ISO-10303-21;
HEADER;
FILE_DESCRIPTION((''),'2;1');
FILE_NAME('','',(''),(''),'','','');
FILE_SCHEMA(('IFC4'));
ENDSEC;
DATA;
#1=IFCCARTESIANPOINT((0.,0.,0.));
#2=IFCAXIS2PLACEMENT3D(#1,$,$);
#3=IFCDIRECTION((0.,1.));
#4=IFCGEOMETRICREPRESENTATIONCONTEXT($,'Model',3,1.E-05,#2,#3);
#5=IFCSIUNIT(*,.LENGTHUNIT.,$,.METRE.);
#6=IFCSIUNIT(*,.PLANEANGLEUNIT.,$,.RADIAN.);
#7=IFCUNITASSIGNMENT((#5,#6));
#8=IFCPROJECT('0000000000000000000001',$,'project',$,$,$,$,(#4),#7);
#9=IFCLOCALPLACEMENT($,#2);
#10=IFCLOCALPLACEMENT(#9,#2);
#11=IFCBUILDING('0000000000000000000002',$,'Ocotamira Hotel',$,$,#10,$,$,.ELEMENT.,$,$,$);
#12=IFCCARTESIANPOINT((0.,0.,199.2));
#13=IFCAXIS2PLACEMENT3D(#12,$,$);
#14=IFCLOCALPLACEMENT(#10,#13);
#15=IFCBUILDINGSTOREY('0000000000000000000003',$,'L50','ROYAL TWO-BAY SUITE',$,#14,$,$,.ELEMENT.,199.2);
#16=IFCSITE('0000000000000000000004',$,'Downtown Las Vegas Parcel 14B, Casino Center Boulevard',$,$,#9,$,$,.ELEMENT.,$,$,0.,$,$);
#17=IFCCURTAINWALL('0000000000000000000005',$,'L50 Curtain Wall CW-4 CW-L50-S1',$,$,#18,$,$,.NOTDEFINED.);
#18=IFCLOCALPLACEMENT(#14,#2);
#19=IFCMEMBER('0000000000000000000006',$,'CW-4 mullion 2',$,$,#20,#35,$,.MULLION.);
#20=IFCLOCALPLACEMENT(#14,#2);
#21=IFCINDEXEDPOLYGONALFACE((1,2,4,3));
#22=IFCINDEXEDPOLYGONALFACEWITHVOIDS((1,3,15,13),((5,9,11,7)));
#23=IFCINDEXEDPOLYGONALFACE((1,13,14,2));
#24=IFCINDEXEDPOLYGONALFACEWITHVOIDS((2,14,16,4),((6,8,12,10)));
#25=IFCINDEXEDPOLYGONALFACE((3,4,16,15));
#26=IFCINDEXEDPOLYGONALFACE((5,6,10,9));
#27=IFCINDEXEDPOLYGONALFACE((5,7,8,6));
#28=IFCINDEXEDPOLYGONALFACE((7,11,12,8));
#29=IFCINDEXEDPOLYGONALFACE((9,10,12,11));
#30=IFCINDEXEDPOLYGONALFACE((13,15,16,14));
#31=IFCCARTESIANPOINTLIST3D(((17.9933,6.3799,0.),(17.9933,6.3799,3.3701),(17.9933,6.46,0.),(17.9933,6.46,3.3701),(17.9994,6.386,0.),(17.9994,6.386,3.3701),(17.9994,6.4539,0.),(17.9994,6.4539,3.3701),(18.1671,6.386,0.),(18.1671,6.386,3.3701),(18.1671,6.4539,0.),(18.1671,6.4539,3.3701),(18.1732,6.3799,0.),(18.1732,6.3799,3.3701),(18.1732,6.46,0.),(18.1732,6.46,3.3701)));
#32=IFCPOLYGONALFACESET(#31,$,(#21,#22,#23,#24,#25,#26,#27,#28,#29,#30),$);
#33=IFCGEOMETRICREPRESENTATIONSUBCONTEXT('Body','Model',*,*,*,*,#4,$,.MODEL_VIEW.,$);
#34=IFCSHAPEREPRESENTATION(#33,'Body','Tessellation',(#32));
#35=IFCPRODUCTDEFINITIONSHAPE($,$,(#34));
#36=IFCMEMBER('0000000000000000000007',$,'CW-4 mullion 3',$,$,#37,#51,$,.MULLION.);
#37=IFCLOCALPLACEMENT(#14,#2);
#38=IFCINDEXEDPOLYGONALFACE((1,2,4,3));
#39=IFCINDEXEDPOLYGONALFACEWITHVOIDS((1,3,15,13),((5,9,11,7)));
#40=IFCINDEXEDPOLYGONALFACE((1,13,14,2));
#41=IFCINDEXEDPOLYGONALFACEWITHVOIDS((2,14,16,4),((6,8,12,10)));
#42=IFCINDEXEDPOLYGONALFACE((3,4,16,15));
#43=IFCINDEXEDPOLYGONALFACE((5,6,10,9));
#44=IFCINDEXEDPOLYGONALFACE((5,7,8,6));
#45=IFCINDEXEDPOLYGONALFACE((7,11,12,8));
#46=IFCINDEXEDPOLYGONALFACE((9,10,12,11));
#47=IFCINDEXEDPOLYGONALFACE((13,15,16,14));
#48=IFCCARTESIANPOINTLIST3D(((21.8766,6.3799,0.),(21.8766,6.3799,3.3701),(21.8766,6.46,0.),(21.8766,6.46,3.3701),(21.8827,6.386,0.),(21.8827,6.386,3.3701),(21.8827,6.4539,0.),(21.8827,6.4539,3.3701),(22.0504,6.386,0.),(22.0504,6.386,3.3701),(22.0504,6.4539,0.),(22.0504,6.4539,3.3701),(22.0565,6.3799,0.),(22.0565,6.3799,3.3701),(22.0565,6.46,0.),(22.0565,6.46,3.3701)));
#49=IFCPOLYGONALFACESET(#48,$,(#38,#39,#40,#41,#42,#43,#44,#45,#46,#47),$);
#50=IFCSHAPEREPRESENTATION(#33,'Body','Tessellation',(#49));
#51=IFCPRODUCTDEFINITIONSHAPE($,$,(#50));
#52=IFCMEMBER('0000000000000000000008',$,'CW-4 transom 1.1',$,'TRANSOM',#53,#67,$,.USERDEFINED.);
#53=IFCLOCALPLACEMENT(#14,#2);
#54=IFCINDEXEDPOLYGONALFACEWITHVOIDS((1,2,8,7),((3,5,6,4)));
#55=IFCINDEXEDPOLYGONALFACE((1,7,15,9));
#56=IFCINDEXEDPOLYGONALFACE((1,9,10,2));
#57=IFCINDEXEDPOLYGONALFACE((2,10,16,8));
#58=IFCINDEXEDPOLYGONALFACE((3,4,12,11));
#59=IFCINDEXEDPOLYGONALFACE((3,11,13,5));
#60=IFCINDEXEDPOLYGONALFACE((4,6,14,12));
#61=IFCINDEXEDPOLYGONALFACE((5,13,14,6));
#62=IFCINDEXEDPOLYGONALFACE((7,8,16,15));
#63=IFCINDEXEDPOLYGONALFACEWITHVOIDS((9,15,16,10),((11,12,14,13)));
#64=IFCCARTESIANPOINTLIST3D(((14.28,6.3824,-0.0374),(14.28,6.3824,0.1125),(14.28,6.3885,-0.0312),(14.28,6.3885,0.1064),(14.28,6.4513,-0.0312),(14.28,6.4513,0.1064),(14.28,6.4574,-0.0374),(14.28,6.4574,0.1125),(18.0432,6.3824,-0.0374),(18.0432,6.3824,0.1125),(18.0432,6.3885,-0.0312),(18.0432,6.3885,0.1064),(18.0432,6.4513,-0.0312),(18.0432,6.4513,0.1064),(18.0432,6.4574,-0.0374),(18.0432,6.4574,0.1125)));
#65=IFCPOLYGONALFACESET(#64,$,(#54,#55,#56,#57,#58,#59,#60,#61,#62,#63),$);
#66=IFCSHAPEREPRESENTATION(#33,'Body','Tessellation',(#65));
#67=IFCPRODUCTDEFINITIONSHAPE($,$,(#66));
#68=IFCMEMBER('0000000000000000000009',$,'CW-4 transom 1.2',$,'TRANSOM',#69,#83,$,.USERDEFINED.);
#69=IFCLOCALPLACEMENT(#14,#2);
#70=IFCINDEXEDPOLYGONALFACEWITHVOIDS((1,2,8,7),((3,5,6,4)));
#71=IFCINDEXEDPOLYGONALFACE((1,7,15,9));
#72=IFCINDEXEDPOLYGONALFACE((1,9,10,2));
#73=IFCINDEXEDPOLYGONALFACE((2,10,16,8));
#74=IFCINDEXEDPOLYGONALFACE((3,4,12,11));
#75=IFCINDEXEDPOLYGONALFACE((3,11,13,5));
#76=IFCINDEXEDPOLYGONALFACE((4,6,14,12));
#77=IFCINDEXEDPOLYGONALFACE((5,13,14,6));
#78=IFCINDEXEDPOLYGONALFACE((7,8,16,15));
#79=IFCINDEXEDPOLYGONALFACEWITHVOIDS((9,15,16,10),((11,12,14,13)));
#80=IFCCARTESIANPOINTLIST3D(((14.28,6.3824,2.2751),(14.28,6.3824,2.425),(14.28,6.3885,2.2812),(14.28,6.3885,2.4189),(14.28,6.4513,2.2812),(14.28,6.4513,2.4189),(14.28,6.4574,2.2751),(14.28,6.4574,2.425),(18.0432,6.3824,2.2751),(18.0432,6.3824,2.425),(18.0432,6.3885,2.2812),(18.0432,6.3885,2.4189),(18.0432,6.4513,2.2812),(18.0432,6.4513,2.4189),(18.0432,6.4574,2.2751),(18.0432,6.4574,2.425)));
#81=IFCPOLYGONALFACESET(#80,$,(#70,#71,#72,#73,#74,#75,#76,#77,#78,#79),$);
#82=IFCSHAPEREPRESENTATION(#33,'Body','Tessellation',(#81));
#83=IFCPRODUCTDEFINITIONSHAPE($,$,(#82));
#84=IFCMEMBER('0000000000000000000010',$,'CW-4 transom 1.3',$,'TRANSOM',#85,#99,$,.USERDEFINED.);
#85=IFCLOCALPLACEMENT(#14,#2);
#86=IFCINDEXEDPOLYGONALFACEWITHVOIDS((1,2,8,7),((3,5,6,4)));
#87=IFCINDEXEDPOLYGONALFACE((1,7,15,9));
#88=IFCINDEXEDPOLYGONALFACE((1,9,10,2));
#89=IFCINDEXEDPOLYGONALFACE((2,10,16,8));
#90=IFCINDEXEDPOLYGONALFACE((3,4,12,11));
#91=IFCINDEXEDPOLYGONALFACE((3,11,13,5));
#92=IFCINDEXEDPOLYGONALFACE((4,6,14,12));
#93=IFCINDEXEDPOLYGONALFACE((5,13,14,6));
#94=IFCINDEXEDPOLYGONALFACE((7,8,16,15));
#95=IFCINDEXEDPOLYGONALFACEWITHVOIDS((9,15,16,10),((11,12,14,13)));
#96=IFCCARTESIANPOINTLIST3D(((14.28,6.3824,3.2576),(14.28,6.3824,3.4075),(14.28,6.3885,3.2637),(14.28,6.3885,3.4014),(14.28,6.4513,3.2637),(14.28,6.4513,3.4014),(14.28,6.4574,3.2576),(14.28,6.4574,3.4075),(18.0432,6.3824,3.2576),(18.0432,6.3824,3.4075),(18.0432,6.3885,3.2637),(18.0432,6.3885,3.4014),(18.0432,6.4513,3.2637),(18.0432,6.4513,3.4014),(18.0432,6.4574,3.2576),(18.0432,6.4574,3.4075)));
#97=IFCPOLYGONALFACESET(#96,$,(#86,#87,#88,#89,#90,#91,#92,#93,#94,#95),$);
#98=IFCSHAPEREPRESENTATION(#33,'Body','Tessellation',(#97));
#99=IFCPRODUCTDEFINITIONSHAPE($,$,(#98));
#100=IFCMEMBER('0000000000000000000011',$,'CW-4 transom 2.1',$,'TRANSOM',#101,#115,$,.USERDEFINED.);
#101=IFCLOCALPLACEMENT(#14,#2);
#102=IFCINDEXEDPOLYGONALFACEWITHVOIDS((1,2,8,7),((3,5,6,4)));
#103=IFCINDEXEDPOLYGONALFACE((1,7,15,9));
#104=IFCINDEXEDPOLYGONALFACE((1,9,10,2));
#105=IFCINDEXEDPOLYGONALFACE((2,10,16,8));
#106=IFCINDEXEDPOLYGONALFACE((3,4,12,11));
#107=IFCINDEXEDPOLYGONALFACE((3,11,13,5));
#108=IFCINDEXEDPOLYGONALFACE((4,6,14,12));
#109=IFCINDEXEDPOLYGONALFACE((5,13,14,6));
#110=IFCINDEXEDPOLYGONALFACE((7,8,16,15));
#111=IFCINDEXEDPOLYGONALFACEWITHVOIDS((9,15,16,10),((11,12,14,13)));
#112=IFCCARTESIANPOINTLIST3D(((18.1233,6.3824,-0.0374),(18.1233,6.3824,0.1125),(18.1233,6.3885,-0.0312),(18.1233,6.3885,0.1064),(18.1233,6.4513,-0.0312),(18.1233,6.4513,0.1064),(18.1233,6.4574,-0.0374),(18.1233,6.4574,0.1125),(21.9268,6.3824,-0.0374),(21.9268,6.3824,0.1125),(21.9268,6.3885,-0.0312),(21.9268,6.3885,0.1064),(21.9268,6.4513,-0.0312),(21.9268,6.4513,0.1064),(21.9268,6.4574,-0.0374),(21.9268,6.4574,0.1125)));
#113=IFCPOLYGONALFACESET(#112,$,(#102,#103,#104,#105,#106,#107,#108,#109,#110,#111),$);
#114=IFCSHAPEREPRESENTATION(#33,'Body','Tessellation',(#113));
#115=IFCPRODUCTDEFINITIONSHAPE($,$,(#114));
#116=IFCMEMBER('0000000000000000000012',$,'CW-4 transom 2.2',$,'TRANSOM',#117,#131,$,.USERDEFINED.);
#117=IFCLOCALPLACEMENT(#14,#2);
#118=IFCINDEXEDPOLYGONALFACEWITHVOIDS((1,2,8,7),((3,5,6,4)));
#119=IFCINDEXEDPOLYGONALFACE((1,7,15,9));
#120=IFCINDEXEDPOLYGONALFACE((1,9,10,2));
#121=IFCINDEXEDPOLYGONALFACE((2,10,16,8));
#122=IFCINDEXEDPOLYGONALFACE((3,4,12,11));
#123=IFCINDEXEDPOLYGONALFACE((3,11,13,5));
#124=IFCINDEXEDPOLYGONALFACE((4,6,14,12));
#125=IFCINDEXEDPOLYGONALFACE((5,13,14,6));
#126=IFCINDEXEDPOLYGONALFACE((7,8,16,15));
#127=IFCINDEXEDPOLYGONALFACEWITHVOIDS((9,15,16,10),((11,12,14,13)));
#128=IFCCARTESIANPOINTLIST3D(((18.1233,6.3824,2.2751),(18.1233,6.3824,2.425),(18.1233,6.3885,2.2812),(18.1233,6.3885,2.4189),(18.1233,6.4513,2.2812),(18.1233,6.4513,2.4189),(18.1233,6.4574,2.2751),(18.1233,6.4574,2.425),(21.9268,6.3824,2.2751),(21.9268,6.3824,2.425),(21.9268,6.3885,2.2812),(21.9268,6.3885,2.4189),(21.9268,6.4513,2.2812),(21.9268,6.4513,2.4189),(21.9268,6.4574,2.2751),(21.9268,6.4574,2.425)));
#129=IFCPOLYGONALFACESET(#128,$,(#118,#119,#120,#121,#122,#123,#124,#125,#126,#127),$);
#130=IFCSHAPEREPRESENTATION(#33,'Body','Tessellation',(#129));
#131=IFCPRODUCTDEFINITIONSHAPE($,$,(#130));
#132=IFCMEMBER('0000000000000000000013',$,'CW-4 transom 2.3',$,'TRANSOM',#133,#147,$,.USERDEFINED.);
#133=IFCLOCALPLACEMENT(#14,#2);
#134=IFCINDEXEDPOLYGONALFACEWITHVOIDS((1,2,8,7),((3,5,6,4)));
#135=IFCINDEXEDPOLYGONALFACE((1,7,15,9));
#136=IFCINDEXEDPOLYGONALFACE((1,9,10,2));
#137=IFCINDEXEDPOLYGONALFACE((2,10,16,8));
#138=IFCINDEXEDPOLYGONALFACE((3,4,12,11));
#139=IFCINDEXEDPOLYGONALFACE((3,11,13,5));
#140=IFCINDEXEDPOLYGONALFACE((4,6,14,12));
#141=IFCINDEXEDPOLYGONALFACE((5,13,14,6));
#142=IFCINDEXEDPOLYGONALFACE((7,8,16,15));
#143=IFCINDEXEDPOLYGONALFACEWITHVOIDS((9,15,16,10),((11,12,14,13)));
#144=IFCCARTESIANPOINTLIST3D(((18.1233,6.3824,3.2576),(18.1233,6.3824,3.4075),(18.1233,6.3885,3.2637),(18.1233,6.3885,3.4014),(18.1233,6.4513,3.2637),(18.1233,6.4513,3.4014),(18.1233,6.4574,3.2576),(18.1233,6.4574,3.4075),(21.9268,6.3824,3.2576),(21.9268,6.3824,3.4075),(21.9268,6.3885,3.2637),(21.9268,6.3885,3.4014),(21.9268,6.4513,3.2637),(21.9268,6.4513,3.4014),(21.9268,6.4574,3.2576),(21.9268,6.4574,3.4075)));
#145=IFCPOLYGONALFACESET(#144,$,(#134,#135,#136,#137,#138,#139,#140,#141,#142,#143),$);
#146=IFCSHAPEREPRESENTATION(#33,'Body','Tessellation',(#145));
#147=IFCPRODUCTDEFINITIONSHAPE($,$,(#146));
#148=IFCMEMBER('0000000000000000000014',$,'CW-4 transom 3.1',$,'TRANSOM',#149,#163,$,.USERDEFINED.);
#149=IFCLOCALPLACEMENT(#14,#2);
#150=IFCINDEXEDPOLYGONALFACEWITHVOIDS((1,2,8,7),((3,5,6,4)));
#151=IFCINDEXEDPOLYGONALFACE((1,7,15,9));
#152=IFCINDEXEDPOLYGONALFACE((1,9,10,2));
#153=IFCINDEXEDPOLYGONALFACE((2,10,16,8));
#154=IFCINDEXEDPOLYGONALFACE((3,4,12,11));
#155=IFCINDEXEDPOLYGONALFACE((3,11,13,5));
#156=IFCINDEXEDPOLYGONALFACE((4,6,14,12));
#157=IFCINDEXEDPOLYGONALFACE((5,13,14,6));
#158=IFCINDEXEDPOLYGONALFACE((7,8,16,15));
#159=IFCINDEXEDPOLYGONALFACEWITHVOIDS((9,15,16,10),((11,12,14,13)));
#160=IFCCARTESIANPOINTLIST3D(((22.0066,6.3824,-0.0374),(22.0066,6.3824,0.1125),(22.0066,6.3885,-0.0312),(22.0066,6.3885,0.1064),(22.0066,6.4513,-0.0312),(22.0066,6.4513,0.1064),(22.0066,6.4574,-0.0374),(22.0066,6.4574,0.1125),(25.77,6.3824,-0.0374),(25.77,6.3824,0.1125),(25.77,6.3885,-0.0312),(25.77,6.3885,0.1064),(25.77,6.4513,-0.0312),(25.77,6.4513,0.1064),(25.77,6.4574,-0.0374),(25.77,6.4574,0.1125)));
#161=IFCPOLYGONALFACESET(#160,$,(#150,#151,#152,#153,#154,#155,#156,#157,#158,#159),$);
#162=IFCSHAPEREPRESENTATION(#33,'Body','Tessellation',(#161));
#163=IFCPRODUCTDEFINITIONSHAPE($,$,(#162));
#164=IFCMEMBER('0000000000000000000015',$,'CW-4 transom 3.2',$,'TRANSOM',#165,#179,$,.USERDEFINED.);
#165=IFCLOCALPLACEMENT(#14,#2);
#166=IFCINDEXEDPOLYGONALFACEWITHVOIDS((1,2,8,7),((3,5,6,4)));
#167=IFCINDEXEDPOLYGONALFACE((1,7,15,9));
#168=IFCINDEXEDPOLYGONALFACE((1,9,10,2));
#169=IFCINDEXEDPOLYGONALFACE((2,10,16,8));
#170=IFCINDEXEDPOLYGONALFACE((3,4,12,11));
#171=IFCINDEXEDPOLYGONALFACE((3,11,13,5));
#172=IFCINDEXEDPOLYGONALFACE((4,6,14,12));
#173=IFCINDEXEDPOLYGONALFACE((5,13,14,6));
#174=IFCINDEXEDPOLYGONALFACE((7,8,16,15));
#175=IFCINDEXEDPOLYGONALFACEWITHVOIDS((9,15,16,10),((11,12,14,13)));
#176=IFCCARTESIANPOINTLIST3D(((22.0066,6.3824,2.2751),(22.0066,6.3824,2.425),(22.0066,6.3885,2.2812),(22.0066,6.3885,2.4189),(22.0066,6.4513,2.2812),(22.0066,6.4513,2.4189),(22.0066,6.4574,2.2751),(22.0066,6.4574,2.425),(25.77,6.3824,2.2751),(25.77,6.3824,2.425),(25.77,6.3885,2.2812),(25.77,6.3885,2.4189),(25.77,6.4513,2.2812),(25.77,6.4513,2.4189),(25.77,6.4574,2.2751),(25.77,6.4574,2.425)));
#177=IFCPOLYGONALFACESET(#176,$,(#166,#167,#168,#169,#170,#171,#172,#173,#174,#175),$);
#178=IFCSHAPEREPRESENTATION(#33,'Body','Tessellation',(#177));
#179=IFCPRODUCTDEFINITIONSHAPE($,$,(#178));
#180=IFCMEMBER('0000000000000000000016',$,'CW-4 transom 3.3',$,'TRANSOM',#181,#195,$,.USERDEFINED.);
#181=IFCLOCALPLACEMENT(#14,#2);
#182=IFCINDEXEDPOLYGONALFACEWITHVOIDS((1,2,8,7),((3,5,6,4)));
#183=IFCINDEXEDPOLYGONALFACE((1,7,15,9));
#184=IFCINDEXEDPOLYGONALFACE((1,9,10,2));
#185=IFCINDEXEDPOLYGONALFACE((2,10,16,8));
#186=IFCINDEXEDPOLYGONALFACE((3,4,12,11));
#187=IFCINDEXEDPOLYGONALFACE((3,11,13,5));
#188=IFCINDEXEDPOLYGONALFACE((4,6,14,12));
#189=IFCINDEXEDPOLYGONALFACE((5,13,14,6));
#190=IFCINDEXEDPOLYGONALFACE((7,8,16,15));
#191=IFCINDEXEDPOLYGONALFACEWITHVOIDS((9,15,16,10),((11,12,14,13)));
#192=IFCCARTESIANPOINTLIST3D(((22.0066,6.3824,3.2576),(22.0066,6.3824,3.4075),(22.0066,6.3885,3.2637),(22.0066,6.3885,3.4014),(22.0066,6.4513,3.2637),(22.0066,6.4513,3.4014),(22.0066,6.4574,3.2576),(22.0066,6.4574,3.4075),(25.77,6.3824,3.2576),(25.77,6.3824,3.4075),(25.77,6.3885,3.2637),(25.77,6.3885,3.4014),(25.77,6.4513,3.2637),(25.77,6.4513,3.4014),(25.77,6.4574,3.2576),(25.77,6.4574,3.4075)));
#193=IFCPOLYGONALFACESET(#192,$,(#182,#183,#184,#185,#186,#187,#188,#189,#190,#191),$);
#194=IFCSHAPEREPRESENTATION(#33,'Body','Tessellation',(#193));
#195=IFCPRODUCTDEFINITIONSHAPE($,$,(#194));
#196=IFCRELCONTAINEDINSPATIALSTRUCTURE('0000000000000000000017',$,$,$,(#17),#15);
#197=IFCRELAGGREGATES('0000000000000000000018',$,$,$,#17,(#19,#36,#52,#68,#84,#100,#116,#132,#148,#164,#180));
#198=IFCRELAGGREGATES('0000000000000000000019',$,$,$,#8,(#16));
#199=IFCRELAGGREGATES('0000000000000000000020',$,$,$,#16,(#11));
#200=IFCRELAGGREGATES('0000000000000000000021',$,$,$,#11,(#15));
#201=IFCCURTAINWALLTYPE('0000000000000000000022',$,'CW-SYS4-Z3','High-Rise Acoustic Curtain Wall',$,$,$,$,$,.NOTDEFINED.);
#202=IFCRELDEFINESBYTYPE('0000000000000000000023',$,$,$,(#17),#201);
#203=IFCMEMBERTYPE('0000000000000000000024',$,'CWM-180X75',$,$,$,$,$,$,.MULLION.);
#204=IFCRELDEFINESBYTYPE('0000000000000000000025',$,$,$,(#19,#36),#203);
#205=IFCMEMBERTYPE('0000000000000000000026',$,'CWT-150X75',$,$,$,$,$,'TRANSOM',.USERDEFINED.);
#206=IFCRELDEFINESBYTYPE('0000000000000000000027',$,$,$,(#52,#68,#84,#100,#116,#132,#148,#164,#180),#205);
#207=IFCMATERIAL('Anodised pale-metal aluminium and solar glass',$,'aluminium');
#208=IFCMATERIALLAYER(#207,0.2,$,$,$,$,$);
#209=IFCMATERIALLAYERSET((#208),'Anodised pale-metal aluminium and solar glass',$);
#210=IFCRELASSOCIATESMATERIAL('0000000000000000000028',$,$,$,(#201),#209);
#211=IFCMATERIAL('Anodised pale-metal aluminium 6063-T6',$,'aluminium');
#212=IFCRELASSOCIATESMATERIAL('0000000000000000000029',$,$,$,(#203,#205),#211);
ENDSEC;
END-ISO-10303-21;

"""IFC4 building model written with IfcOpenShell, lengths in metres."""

from ifc_helpers import new_model, si_unit, direction, frame, origin, origin_2d, place, context, subcontext, project, spatial, hollow_rectangle, extrude, source, transform, mapped, material, layer, layer_set, material_profile, profile_set, type_object, element, aggregate, save


model = new_model("IFC4")

# Units and contexts
model_context = context("Model", 3, precision=1e-05, world=origin(), true_north=direction((0.0, 1.0)))
body_context = subcontext(model_context, "Body", "Model", "MODEL_VIEW")
ifc_project = project(units=[si_unit("LENGTHUNIT", "METRE"), si_unit("PLANEANGLEUNIT", "RADIAN")], contexts=[model_context])

# Site, building, storey
site_placement = place(None, origin())
site = spatial("IfcSite", under=ifc_project, at=site_placement, Name="Downtown Las Vegas Parcel 14B, Casino Center Boulevard", CompositionType="ELEMENT", RefElevation=0.0)
building_placement = place(site_placement, origin())
building = spatial("IfcBuilding", under=site, at=building_placement, Name="Ocotamira Hotel", CompositionType="ELEMENT")
storey_placement = place(building_placement, frame((0.0, 0.0, 199.2)))
storey = spatial("IfcBuildingStorey", under=building, at=storey_placement, Name="L50", Description="ROYAL TWO-BAY SUITE", CompositionType="ELEMENT", Elevation=199.2)

# Curtain wall, members
ifc_material_1 = material(Name="Anodised pale-metal aluminium and solar glass", Category="aluminium")
ifc_layer_1 = layer(ifc_material_1, 0.2)
ifc_layer_set_1 = layer_set([ifc_layer_1], Name="Anodised pale-metal aluminium and solar glass")
curtain_wall_type = type_object("IfcCurtainWallType", Name="CW-SYS4-Z3", Description="High-Rise Acoustic Curtain Wall", PredefinedType="NOTDEFINED", material=ifc_layer_set_1)
curtain_wall_placement = place(storey_placement, origin())
curtain_wall = element("IfcCurtainWall", 1, at=curtain_wall_placement, inside=storey, type_object=curtain_wall_type, Name="L50 Curtain Wall CW-4 CW-L50-S1", PredefinedType="NOTDEFINED")
ifc_material_2 = material(Name="Anodised pale-metal aluminium 6063-T6", Category="aluminium")
ifc_material_profile_1 = material_profile(ifc_material_2, hollow_rectangle(XDim=0.0801, YDim=0.1799, WallThickness=0.0061, at=origin_2d()), Name="HSS180X80X6")
ifc_profile_set_1 = profile_set([ifc_material_profile_1], Name="Anodised pale-metal aluminium 6063-T6")
member_type_1 = type_object("IfcMemberType", Name="CWM-180X75", PredefinedType="MULLION", material=ifc_profile_set_1)
shared_shape_1 = source(origin(), body_context, "Body", "SweptSolid", [
    extrude(hollow_rectangle(XDim=0.0801, YDim=0.1799, WallThickness=0.0061, at=origin_2d()), origin(), (0.0, 0.0, 1.0), 3.3701),
])
member_1_placement = place(storey_placement, frame((18.0833, 6.4199, 0.0), z_axis=(0.0, 0.0, 1.0), x_axis=(0.0, 1.0, 0.0)))
member_1 = element("IfcMember", 2, at=member_1_placement, type_object=member_type_1, Name="CW-4 mullion 2", PredefinedType="MULLION", context=body_context, shape_type="MappedRepresentation", body=[
    mapped(shared_shape_1, transform((0.0, 0.0, 0.0), scale=1.0)),
])
member_2_placement = place(storey_placement, frame((21.9666, 6.4199, 0.0), z_axis=(0.0, 0.0, 1.0), x_axis=(0.0, 1.0, 0.0)))
member_2 = element("IfcMember", 3, at=member_2_placement, type_object=member_type_1, Name="CW-4 mullion 3", PredefinedType="MULLION", context=body_context, shape_type="MappedRepresentation", body=[
    mapped(shared_shape_1, transform((0.0, 0.0, 0.0), scale=1.0)),
])
ifc_material_profile_2 = material_profile(ifc_material_2, hollow_rectangle(XDim=0.075, YDim=0.1499, WallThickness=0.0061, at=origin_2d()), Name="HSS150X75X6")
ifc_profile_set_2 = profile_set([ifc_material_profile_2], Name="Anodised pale-metal aluminium 6063-T6")
member_type_2 = type_object("IfcMemberType", Name="CWT-150X75", ElementType="TRANSOM", PredefinedType="USERDEFINED", material=ifc_profile_set_2)
shared_shape_2 = source(origin(), body_context, "Body", "SweptSolid", [
    extrude(hollow_rectangle(XDim=0.075, YDim=0.1499, WallThickness=0.0061, at=origin_2d()), origin(), (0.0, 0.0, 1.0), 3.7632),
])
member_3_placement = place(storey_placement, frame((14.28, 6.4199, 0.0376), z_axis=(1.0, 0.0, 0.0), x_axis=(0.0, 1.0, 0.0)))
member_3 = element("IfcMember", 4, at=member_3_placement, type_object=member_type_2, Name="CW-4 transom 1.1", ObjectType="TRANSOM", PredefinedType="USERDEFINED", context=body_context, shape_type="MappedRepresentation", body=[
    mapped(shared_shape_2, transform((0.0, 0.0, 0.0), scale=1.0)),
])
member_4_placement = place(storey_placement, frame((14.28, 6.4199, 2.3501), z_axis=(1.0, 0.0, 0.0), x_axis=(0.0, 1.0, 0.0)))
member_4 = element("IfcMember", 5, at=member_4_placement, type_object=member_type_2, Name="CW-4 transom 1.2", ObjectType="TRANSOM", PredefinedType="USERDEFINED", context=body_context, shape_type="MappedRepresentation", body=[
    mapped(shared_shape_2, transform((0.0, 0.0, 0.0), scale=1.0)),
])
member_5_placement = place(storey_placement, frame((14.28, 6.4199, 3.3325), z_axis=(1.0, 0.0, 0.0), x_axis=(0.0, 1.0, 0.0)))
member_5 = element("IfcMember", 6, at=member_5_placement, type_object=member_type_2, Name="CW-4 transom 1.3", ObjectType="TRANSOM", PredefinedType="USERDEFINED", context=body_context, shape_type="MappedRepresentation", body=[
    mapped(shared_shape_2, transform((0.0, 0.0, 0.0), scale=1.0)),
])
shared_shape_3 = source(origin(), body_context, "Body", "SweptSolid", [
    extrude(hollow_rectangle(XDim=0.075, YDim=0.1499, WallThickness=0.0061, at=origin_2d()), origin(), (0.0, 0.0, 1.0), 3.8035),
])
member_6_placement = place(storey_placement, frame((18.1233, 6.4199, 0.0376), z_axis=(1.0, 0.0, 0.0), x_axis=(0.0, 1.0, 0.0)))
member_6 = element("IfcMember", 7, at=member_6_placement, type_object=member_type_2, Name="CW-4 transom 2.1", ObjectType="TRANSOM", PredefinedType="USERDEFINED", context=body_context, shape_type="MappedRepresentation", body=[
    mapped(shared_shape_3, transform((0.0, 0.0, 0.0), scale=1.0)),
])
member_7_placement = place(storey_placement, frame((18.1233, 6.4199, 2.3501), z_axis=(1.0, 0.0, 0.0), x_axis=(0.0, 1.0, 0.0)))
member_7 = element("IfcMember", 8, at=member_7_placement, type_object=member_type_2, Name="CW-4 transom 2.2", ObjectType="TRANSOM", PredefinedType="USERDEFINED", context=body_context, shape_type="MappedRepresentation", body=[
    mapped(shared_shape_3, transform((0.0, 0.0, 0.0), scale=1.0)),
])
member_8_placement = place(storey_placement, frame((18.1233, 6.4199, 3.3325), z_axis=(1.0, 0.0, 0.0), x_axis=(0.0, 1.0, 0.0)))
member_8 = element("IfcMember", 9, at=member_8_placement, type_object=member_type_2, Name="CW-4 transom 2.3", ObjectType="TRANSOM", PredefinedType="USERDEFINED", context=body_context, shape_type="MappedRepresentation", body=[
    mapped(shared_shape_3, transform((0.0, 0.0, 0.0), scale=1.0)),
])
shared_shape_4 = source(origin(), body_context, "Body", "SweptSolid", [
    extrude(hollow_rectangle(XDim=0.075, YDim=0.1499, WallThickness=0.0061, at=origin_2d()), origin(), (0.0, 0.0, 1.0), 3.7634),
])
member_9_placement = place(storey_placement, frame((22.0066, 6.4199, 0.0376), z_axis=(1.0, 0.0, 0.0), x_axis=(0.0, 1.0, 0.0)))
member_9 = element("IfcMember", 10, at=member_9_placement, type_object=member_type_2, Name="CW-4 transom 3.1", ObjectType="TRANSOM", PredefinedType="USERDEFINED", context=body_context, shape_type="MappedRepresentation", body=[
    mapped(shared_shape_4, transform((0.0, 0.0, 0.0), scale=1.0)),
])
member_10_placement = place(storey_placement, frame((22.0066, 6.4199, 2.3501), z_axis=(1.0, 0.0, 0.0), x_axis=(0.0, 1.0, 0.0)))
member_10 = element("IfcMember", 11, at=member_10_placement, type_object=member_type_2, Name="CW-4 transom 3.2", ObjectType="TRANSOM", PredefinedType="USERDEFINED", context=body_context, shape_type="MappedRepresentation", body=[
    mapped(shared_shape_4, transform((0.0, 0.0, 0.0), scale=1.0)),
])
member_11_placement = place(storey_placement, frame((22.0066, 6.4199, 3.3325), z_axis=(1.0, 0.0, 0.0), x_axis=(0.0, 1.0, 0.0)))
member_11 = element("IfcMember", 12, at=member_11_placement, type_object=member_type_2, Name="CW-4 transom 3.3", ObjectType="TRANSOM", PredefinedType="USERDEFINED", context=body_context, shape_type="MappedRepresentation", body=[
    mapped(shared_shape_4, transform((0.0, 0.0, 0.0), scale=1.0)),
])

aggregate(curtain_wall, [member_1, member_2, member_3, member_4, member_5, member_6, member_7, member_8, member_9, member_10, member_11])

save(model, "model.ifc")
